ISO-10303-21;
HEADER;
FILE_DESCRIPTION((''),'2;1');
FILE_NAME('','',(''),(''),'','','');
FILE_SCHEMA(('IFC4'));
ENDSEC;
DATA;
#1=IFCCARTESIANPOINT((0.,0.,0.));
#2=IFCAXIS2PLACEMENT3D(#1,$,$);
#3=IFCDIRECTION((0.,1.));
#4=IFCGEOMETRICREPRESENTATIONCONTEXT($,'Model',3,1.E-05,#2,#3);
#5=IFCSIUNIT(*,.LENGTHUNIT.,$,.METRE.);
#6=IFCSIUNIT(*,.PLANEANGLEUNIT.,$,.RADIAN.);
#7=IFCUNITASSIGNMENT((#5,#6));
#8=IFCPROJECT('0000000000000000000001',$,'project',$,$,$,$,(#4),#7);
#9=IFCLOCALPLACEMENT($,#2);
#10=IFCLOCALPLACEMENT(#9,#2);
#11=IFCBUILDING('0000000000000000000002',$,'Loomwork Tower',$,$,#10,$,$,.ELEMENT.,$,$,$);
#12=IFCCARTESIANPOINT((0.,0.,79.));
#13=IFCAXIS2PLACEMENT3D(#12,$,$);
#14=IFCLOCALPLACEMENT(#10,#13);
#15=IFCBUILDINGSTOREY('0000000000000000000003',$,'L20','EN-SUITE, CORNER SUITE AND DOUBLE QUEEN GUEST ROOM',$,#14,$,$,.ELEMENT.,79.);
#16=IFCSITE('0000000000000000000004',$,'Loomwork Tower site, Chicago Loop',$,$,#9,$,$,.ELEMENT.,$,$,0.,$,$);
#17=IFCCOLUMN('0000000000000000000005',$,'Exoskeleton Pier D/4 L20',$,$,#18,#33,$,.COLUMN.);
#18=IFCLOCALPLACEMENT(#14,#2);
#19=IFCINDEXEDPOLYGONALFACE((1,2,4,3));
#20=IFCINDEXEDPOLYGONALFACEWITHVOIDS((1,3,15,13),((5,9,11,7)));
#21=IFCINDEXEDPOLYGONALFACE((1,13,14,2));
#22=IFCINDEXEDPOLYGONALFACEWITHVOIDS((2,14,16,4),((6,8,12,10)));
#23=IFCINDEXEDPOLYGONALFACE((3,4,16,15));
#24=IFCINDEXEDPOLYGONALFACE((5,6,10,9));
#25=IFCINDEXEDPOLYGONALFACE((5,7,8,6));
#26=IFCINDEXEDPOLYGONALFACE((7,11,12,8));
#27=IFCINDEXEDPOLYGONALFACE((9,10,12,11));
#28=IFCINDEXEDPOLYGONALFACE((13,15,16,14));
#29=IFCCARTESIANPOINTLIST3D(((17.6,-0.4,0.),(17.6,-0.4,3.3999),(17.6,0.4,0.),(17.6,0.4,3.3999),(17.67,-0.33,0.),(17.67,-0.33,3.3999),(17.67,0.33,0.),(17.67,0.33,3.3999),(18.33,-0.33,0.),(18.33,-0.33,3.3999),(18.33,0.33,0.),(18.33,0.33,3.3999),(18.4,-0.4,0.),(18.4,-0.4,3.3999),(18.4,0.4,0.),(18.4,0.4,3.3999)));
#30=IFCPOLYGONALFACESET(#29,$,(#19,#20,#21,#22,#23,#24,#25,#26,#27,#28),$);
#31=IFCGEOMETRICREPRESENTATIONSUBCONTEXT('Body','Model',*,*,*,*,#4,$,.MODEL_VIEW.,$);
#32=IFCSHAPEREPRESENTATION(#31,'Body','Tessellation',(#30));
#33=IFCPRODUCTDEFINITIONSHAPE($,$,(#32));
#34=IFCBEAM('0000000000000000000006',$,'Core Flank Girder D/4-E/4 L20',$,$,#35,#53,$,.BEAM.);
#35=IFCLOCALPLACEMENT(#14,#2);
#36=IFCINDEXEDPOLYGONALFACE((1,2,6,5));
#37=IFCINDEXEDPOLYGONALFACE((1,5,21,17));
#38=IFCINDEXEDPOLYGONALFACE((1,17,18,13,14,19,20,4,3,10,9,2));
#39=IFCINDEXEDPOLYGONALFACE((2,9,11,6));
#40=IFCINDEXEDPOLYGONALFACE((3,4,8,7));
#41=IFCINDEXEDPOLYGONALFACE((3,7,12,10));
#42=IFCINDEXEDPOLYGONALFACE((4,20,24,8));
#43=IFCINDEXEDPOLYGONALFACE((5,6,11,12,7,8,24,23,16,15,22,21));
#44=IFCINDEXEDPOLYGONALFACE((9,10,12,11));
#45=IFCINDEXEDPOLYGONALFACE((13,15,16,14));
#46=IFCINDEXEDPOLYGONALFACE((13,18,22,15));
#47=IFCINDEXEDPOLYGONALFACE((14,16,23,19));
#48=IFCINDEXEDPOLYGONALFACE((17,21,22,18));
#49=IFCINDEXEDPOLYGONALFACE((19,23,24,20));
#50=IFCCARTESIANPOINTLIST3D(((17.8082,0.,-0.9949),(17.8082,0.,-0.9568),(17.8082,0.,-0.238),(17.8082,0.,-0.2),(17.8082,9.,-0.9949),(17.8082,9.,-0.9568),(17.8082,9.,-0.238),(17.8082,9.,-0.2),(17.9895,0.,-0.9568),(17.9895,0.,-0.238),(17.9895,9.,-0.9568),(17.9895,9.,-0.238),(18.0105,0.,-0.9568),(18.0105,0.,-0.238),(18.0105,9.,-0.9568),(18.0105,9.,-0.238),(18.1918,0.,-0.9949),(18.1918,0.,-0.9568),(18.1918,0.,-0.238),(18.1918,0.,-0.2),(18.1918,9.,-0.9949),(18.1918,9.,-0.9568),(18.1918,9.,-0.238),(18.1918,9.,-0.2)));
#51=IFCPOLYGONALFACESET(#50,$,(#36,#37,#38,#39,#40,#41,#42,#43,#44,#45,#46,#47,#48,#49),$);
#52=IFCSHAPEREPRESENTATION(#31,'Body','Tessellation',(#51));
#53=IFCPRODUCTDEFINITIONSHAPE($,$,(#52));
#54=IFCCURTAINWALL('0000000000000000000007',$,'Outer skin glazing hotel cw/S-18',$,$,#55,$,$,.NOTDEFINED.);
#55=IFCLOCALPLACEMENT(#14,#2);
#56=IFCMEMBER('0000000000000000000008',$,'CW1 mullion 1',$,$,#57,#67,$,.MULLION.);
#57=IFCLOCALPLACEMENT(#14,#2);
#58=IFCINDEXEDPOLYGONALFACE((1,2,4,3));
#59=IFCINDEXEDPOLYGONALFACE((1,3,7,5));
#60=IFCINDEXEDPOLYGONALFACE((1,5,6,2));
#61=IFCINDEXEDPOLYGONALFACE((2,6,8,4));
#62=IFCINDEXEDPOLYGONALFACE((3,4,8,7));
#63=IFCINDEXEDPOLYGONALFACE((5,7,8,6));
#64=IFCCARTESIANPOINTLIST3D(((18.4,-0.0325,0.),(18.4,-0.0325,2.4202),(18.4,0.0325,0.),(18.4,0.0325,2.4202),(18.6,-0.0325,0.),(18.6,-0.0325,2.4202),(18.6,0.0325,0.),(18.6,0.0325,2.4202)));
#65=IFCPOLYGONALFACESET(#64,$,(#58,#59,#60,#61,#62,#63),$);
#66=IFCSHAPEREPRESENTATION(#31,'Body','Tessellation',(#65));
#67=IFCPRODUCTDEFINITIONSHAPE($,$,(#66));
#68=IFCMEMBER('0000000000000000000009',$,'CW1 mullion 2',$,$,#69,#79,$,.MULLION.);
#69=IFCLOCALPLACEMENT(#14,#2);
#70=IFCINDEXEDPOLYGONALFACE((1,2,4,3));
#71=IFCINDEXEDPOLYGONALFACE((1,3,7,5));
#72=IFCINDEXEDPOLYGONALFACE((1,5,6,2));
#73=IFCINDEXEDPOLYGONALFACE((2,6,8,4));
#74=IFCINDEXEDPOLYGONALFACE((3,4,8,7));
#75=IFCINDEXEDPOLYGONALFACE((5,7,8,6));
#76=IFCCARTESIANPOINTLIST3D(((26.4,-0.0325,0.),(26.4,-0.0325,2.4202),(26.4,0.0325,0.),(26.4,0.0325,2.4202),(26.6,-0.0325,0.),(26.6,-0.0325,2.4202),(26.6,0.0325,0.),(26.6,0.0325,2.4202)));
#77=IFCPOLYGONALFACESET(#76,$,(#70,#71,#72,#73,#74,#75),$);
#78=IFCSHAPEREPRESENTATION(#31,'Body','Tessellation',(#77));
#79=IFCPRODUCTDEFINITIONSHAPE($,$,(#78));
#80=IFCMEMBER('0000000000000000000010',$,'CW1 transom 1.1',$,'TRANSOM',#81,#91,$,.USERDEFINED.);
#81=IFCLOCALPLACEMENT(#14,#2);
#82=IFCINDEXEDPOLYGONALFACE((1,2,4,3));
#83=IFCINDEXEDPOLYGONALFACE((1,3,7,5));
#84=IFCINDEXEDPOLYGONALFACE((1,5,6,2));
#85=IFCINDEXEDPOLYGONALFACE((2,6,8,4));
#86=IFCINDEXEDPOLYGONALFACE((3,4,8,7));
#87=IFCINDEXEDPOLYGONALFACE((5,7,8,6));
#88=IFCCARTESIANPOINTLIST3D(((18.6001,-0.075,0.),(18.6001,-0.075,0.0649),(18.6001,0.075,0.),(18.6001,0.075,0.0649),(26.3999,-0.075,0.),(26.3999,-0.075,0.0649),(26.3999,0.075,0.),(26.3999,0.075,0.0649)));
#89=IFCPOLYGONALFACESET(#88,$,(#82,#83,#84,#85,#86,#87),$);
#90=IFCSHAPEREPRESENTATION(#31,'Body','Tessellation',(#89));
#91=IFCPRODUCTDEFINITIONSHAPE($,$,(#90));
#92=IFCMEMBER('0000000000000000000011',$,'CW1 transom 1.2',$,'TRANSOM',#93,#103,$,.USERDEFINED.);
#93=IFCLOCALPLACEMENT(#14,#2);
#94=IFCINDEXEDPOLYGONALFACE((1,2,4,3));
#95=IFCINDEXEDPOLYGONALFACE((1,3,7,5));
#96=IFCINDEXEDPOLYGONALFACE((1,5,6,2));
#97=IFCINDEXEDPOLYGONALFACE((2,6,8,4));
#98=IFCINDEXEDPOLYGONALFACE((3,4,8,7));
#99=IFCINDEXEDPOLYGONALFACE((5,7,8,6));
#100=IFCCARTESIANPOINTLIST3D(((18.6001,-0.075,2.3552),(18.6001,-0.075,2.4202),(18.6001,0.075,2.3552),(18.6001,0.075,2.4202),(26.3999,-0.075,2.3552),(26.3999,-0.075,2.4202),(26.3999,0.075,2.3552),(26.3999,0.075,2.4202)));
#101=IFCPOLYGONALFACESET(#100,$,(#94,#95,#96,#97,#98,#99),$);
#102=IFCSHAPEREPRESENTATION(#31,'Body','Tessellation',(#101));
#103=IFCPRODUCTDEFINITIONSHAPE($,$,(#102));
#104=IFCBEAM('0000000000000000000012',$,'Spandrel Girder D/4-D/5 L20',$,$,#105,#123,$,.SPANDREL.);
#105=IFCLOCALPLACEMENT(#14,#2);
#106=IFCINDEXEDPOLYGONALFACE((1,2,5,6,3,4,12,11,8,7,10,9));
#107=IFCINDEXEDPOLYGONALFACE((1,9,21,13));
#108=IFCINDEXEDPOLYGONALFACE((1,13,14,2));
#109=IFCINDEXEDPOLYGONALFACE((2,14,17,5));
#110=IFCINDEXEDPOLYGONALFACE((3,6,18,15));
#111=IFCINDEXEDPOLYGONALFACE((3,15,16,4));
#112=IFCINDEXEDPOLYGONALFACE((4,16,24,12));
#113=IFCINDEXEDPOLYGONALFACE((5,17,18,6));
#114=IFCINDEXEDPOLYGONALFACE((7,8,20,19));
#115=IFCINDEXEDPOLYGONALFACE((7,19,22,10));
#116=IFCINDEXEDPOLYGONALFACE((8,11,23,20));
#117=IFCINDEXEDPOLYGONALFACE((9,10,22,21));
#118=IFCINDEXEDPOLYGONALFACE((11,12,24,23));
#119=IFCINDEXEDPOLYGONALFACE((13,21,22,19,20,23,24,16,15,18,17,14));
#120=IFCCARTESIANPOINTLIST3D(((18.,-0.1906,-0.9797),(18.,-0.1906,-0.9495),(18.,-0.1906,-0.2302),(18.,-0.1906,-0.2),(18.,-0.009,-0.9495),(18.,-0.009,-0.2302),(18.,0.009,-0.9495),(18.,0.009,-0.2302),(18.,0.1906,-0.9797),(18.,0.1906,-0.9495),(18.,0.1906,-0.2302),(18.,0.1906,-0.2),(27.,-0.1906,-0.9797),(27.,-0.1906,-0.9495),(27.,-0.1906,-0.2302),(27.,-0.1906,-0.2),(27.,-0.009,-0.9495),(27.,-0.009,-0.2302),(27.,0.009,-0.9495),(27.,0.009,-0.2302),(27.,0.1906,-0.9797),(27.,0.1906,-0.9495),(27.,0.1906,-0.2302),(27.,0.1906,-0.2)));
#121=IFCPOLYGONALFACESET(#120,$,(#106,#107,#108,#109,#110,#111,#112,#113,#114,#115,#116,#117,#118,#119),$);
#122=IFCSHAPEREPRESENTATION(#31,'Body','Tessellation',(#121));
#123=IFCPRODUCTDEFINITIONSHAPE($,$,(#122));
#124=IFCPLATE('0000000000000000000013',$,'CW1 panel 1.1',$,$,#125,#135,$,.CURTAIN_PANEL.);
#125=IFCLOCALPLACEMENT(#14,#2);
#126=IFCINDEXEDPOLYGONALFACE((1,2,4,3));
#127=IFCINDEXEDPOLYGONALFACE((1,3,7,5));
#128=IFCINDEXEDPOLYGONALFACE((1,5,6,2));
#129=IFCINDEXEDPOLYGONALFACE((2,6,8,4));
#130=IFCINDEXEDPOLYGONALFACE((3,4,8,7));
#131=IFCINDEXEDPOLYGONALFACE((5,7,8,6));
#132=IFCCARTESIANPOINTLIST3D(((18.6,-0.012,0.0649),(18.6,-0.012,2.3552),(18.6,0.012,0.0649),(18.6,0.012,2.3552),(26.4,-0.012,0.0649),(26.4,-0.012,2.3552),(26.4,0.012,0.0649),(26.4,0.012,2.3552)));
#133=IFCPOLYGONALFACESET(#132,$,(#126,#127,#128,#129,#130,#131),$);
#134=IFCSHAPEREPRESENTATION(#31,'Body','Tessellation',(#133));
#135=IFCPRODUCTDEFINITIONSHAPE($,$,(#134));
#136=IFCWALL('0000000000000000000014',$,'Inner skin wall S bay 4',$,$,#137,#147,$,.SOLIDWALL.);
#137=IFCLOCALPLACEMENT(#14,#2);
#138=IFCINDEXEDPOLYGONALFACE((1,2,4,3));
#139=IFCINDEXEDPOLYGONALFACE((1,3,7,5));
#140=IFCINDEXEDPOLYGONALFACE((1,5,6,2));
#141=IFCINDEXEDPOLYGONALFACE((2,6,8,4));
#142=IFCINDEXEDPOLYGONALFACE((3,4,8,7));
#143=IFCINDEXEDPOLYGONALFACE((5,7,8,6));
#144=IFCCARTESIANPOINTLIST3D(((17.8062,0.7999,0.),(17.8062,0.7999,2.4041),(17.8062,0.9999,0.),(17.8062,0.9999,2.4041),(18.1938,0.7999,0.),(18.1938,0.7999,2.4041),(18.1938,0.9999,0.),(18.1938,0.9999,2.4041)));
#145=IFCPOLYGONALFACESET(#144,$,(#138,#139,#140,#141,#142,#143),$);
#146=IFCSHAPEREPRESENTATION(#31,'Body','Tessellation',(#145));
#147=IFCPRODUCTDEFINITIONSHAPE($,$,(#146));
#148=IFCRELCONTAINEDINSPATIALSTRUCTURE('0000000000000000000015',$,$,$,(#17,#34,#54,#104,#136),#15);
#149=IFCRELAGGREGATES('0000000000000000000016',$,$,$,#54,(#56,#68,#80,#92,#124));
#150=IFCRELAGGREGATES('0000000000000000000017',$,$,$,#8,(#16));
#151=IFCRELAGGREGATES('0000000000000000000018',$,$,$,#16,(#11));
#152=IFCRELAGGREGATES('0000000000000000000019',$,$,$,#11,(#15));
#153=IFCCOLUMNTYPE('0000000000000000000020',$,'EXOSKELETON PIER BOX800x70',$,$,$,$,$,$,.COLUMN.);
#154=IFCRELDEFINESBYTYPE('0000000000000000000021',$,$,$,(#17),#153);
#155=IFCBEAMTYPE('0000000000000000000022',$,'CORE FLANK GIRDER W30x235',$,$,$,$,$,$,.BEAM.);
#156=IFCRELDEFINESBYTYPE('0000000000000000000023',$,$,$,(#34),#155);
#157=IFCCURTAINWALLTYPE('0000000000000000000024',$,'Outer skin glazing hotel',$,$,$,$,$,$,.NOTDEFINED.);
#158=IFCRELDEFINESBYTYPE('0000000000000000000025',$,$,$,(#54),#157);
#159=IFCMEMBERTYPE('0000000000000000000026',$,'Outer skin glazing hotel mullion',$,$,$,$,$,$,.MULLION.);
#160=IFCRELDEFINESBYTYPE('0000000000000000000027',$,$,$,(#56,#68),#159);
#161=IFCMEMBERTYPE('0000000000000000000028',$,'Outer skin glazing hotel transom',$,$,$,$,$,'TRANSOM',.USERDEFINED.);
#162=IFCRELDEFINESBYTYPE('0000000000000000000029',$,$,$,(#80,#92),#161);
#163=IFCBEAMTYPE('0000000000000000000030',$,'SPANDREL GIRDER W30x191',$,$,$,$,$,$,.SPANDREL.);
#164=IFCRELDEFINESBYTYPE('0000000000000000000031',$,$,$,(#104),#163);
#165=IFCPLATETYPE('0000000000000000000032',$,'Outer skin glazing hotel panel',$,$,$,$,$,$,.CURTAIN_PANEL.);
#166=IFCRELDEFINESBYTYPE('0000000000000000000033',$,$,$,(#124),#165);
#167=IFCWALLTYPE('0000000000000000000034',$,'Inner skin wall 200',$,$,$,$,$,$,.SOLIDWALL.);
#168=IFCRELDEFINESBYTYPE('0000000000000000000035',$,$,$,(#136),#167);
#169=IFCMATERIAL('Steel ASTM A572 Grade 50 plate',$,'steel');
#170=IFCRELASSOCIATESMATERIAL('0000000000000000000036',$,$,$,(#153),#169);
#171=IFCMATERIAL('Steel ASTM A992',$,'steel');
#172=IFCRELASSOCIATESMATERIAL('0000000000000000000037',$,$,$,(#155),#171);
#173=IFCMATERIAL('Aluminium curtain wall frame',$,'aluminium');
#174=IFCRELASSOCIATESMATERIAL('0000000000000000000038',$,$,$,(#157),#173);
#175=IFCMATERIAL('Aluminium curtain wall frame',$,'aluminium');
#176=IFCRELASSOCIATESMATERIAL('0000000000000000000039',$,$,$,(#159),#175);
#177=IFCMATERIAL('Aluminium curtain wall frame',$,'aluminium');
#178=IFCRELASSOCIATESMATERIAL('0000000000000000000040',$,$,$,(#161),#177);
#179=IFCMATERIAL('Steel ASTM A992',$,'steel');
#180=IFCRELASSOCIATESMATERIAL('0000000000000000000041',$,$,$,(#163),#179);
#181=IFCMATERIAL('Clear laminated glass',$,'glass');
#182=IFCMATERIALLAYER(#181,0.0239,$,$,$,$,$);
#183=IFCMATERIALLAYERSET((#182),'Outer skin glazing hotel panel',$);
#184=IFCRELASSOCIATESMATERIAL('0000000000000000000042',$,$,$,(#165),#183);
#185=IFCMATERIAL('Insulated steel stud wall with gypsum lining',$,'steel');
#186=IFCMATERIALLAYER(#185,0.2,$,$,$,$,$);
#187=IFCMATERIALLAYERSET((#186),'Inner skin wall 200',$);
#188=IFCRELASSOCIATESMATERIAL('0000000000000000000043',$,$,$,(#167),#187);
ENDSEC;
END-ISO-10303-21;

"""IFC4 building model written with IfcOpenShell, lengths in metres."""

from ifc_helpers import new_model, si_unit, direction, frame, frame_2d, origin, origin_2d, place, context, subcontext, project, spatial, rectangle, hollow_rectangle, i_section, extrude, material, layer, layer_set, material_profile, profile_set, type_object, element, aggregate, save


model = new_model("IFC4")

# Units and contexts
model_context = context("Model", 3, precision=1e-05, world=origin(), true_north=direction((0.0, 1.0)))
body_context = subcontext(model_context, "Body", "Model", "MODEL_VIEW")
ifc_project = project(units=[si_unit("LENGTHUNIT", "METRE"), si_unit("PLANEANGLEUNIT", "RADIAN")], contexts=[model_context])

# Site, building, storey
site_placement = place(None, origin())
site = spatial("IfcSite", under=ifc_project, at=site_placement, Name="Loomwork Tower site, Chicago Loop", CompositionType="ELEMENT", RefElevation=0.0)
building_placement = place(site_placement, origin())
building = spatial("IfcBuilding", under=site, at=building_placement, Name="Loomwork Tower", CompositionType="ELEMENT")
storey_placement = place(building_placement, frame((0.0, 0.0, 79.0)))
storey = spatial("IfcBuildingStorey", under=building, at=storey_placement, Name="L20", Description="EN-SUITE, CORNER SUITE AND DOUBLE QUEEN GUEST ROOM", CompositionType="ELEMENT", Elevation=79.0)

# Column
ifc_material_1 = material(Name="Steel ASTM A572 Grade 50 plate", Category="steel")
ifc_material_profile_1 = material_profile(ifc_material_1, hollow_rectangle(XDim=0.8, YDim=0.8, WallThickness=0.0701, at=origin_2d()), Name="BOX800x70")
ifc_profile_set_1 = profile_set([ifc_material_profile_1], Name="Steel ASTM A572 Grade 50 plate")
column_type = type_object("IfcColumnType", Name="EXOSKELETON PIER BOX800x70", PredefinedType="COLUMN", material=ifc_profile_set_1)
column_placement = place(storey_placement, frame((18.0, 0.0, 0.0), z_axis=(0.0, 0.0, 1.0), x_axis=(1.0, 0.0, 0.0)))
element("IfcColumn", 1, at=column_placement, inside=storey, type_object=column_type, Name="Exoskeleton Pier D/4 L20", PredefinedType="COLUMN", context=body_context, shape_type="SweptSolid", body=[
    extrude(hollow_rectangle(XDim=0.8, YDim=0.8, WallThickness=0.0701, at=origin_2d()), origin(), (0.0, 0.0, 1.0), 3.3999),
])

# Beam
ifc_material_2 = material(Name="Steel ASTM A992", Category="steel")
ifc_material_profile_2 = material_profile(ifc_material_2, i_section(OverallWidth=0.3835, OverallDepth=0.7949, WebThickness=0.021, FlangeThickness=0.0381, at=origin_2d()), Name="W30x235")
ifc_profile_set_2 = profile_set([ifc_material_profile_2], Name="Steel ASTM A992")
beam_type_1 = type_object("IfcBeamType", Name="CORE FLANK GIRDER W30x235", PredefinedType="BEAM", material=ifc_profile_set_2)
beam_1_placement = place(storey_placement, frame((18.0, 0.0, -0.5974), z_axis=(0.0, 1.0, 0.0), x_axis=(-1.0, 0.0, 0.0)))
element("IfcBeam", 2, at=beam_1_placement, inside=storey, type_object=beam_type_1, Name="Core Flank Girder D/4-E/4 L20", PredefinedType="BEAM", context=body_context, shape_type="SweptSolid", body=[
    extrude(i_section(OverallWidth=0.3835, OverallDepth=0.7949, WebThickness=0.021, FlangeThickness=0.0381, at=origin_2d()), origin(), (0.0, 0.0, 1.0), 9.0),
])

# Curtain wall, members
ifc_material_3 = material(Name="Aluminium curtain wall frame", Category="aluminium")
curtain_wall_type = type_object("IfcCurtainWallType", Name="Outer skin glazing hotel", PredefinedType="NOTDEFINED", material=ifc_material_3)
curtain_wall_placement = place(storey_placement, origin())
curtain_wall = element("IfcCurtainWall", 3, at=curtain_wall_placement, inside=storey, type_object=curtain_wall_type, Name="Outer skin glazing hotel cw/S-18", PredefinedType="NOTDEFINED")
ifc_material_4 = material(Name="Aluminium curtain wall frame", Category="aluminium")
ifc_material_profile_3 = material_profile(ifc_material_4, rectangle(XDim=0.0649, YDim=0.2, at=origin_2d()), Name="AL 65x200")
ifc_profile_set_3 = profile_set([ifc_material_profile_3], Name="Aluminium curtain wall frame")
member_type_1 = type_object("IfcMemberType", Name="Outer skin glazing hotel mullion", PredefinedType="MULLION", material=ifc_profile_set_3)
member_1_placement = place(storey_placement, frame((18.5, 0.0, 0.0), z_axis=(0.0, 0.0, 1.0), x_axis=(0.0, 1.0, 0.0)))
member_1 = element("IfcMember", 4, at=member_1_placement, type_object=member_type_1, Name="CW1 mullion 1", PredefinedType="MULLION", context=body_context, shape_type="SweptSolid", body=[
    extrude(rectangle(XDim=0.0649, YDim=0.2, at=origin_2d()), origin(), (0.0, 0.0, 1.0), 2.4202),
])
member_2_placement = place(storey_placement, frame((26.5, 0.0, 0.0), z_axis=(0.0, 0.0, 1.0), x_axis=(0.0, 1.0, 0.0)))
member_2 = element("IfcMember", 5, at=member_2_placement, type_object=member_type_1, Name="CW1 mullion 2", PredefinedType="MULLION", context=body_context, shape_type="SweptSolid", body=[
    extrude(rectangle(XDim=0.0649, YDim=0.2, at=origin_2d()), origin(), (0.0, 0.0, 1.0), 2.4202),
])
ifc_material_5 = material(Name="Aluminium curtain wall frame", Category="aluminium")
ifc_material_profile_4 = material_profile(ifc_material_5, rectangle(XDim=0.1499, YDim=0.0649, at=origin_2d()), Name="AL 65x150")
ifc_profile_set_4 = profile_set([ifc_material_profile_4], Name="Aluminium curtain wall frame")
member_type_2 = type_object("IfcMemberType", Name="Outer skin glazing hotel transom", ElementType="TRANSOM", PredefinedType="USERDEFINED", material=ifc_profile_set_4)
member_3_placement = place(storey_placement, frame((18.6001, 0.0, 0.0325), z_axis=(1.0, 0.0, 0.0), x_axis=(0.0, 1.0, 0.0)))
member_3 = element("IfcMember", 6, at=member_3_placement, type_object=member_type_2, Name="CW1 transom 1.1", ObjectType="TRANSOM", PredefinedType="USERDEFINED", context=body_context, shape_type="SweptSolid", body=[
    extrude(rectangle(XDim=0.1499, YDim=0.0649, at=origin_2d()), origin(), (0.0, 0.0, 1.0), 7.7998),
])
member_4_placement = place(storey_placement, frame((18.6001, 0.0, 2.3877), z_axis=(1.0, 0.0, 0.0), x_axis=(0.0, 1.0, 0.0)))
member_4 = element("IfcMember", 7, at=member_4_placement, type_object=member_type_2, Name="CW1 transom 1.2", ObjectType="TRANSOM", PredefinedType="USERDEFINED", context=body_context, shape_type="SweptSolid", body=[
    extrude(rectangle(XDim=0.1499, YDim=0.0649, at=origin_2d()), origin(), (0.0, 0.0, 1.0), 7.7998),
])

# Beam
ifc_material_6 = material(Name="Steel ASTM A992", Category="steel")
ifc_material_profile_5 = material_profile(ifc_material_6, i_section(OverallWidth=0.3811, OverallDepth=0.7798, WebThickness=0.0181, FlangeThickness=0.0303, at=origin_2d()), Name="W30x191")
ifc_profile_set_5 = profile_set([ifc_material_profile_5], Name="Steel ASTM A992")
beam_type_2 = type_object("IfcBeamType", Name="SPANDREL GIRDER W30x191", PredefinedType="SPANDREL", material=ifc_profile_set_5)
beam_2_placement = place(storey_placement, frame((18.0, 0.0, -0.5898), z_axis=(1.0, 0.0, 0.0), x_axis=(0.0, 1.0, 0.0)))
element("IfcBeam", 8, at=beam_2_placement, inside=storey, type_object=beam_type_2, Name="Spandrel Girder D/4-D/5 L20", PredefinedType="SPANDREL", context=body_context, shape_type="SweptSolid", body=[
    extrude(i_section(OverallWidth=0.3811, OverallDepth=0.7798, WebThickness=0.0181, FlangeThickness=0.0303, at=origin_2d()), origin(), (0.0, 0.0, 1.0), 9.0),
])

# Plate
ifc_material_7 = material(Name="Clear laminated glass", Category="glass")
ifc_layer_1 = layer(ifc_material_7, 0.0239)
ifc_layer_set_1 = layer_set([ifc_layer_1], Name="Outer skin glazing hotel panel")
plate_type = type_object("IfcPlateType", Name="Outer skin glazing hotel panel", PredefinedType="CURTAIN_PANEL", material=ifc_layer_set_1)
plate_placement = place(storey_placement, frame((22.5, 0.0, 0.0649), z_axis=(0.0, 0.0, 1.0), x_axis=(1.0, 0.0, 0.0)))
plate = element("IfcPlate", 9, at=plate_placement, type_object=plate_type, Name="CW1 panel 1.1", PredefinedType="CURTAIN_PANEL", context=body_context, shape_type="SweptSolid", body=[
    extrude(rectangle(XDim=7.8, YDim=0.0239, at=origin_2d()), origin(), (0.0, 0.0, 1.0), 2.2903),
])
aggregate(curtain_wall, [member_1, member_2, member_3, member_4, plate])

# Wall
ifc_material_8 = material(Name="Insulated steel stud wall with gypsum lining", Category="steel")
ifc_layer_2 = layer(ifc_material_8, 0.2)
ifc_layer_set_2 = layer_set([ifc_layer_2], Name="Inner skin wall 200")
wall_type = type_object("IfcWallType", Name="Inner skin wall 200", PredefinedType="SOLIDWALL", material=ifc_layer_set_2)
wall_1_placement = place(storey_placement, frame((17.8062, 0.8999, 0.0), z_axis=(0.0, 0.0, 1.0), x_axis=(1.0, 0.0, 0.0)))
element("IfcWall", 10, at=wall_1_placement, inside=storey, type_object=wall_type, Name="Inner skin wall S bay 4", PredefinedType="SOLIDWALL", context=body_context, shape_type="SweptSolid", body=[
    extrude(rectangle(XDim=0.3877, YDim=0.2, at=frame_2d((0.1938, 0.0))), origin(), (0.0, 0.0, 1.0), 2.4041),
])

save(model, "model.ifc")
